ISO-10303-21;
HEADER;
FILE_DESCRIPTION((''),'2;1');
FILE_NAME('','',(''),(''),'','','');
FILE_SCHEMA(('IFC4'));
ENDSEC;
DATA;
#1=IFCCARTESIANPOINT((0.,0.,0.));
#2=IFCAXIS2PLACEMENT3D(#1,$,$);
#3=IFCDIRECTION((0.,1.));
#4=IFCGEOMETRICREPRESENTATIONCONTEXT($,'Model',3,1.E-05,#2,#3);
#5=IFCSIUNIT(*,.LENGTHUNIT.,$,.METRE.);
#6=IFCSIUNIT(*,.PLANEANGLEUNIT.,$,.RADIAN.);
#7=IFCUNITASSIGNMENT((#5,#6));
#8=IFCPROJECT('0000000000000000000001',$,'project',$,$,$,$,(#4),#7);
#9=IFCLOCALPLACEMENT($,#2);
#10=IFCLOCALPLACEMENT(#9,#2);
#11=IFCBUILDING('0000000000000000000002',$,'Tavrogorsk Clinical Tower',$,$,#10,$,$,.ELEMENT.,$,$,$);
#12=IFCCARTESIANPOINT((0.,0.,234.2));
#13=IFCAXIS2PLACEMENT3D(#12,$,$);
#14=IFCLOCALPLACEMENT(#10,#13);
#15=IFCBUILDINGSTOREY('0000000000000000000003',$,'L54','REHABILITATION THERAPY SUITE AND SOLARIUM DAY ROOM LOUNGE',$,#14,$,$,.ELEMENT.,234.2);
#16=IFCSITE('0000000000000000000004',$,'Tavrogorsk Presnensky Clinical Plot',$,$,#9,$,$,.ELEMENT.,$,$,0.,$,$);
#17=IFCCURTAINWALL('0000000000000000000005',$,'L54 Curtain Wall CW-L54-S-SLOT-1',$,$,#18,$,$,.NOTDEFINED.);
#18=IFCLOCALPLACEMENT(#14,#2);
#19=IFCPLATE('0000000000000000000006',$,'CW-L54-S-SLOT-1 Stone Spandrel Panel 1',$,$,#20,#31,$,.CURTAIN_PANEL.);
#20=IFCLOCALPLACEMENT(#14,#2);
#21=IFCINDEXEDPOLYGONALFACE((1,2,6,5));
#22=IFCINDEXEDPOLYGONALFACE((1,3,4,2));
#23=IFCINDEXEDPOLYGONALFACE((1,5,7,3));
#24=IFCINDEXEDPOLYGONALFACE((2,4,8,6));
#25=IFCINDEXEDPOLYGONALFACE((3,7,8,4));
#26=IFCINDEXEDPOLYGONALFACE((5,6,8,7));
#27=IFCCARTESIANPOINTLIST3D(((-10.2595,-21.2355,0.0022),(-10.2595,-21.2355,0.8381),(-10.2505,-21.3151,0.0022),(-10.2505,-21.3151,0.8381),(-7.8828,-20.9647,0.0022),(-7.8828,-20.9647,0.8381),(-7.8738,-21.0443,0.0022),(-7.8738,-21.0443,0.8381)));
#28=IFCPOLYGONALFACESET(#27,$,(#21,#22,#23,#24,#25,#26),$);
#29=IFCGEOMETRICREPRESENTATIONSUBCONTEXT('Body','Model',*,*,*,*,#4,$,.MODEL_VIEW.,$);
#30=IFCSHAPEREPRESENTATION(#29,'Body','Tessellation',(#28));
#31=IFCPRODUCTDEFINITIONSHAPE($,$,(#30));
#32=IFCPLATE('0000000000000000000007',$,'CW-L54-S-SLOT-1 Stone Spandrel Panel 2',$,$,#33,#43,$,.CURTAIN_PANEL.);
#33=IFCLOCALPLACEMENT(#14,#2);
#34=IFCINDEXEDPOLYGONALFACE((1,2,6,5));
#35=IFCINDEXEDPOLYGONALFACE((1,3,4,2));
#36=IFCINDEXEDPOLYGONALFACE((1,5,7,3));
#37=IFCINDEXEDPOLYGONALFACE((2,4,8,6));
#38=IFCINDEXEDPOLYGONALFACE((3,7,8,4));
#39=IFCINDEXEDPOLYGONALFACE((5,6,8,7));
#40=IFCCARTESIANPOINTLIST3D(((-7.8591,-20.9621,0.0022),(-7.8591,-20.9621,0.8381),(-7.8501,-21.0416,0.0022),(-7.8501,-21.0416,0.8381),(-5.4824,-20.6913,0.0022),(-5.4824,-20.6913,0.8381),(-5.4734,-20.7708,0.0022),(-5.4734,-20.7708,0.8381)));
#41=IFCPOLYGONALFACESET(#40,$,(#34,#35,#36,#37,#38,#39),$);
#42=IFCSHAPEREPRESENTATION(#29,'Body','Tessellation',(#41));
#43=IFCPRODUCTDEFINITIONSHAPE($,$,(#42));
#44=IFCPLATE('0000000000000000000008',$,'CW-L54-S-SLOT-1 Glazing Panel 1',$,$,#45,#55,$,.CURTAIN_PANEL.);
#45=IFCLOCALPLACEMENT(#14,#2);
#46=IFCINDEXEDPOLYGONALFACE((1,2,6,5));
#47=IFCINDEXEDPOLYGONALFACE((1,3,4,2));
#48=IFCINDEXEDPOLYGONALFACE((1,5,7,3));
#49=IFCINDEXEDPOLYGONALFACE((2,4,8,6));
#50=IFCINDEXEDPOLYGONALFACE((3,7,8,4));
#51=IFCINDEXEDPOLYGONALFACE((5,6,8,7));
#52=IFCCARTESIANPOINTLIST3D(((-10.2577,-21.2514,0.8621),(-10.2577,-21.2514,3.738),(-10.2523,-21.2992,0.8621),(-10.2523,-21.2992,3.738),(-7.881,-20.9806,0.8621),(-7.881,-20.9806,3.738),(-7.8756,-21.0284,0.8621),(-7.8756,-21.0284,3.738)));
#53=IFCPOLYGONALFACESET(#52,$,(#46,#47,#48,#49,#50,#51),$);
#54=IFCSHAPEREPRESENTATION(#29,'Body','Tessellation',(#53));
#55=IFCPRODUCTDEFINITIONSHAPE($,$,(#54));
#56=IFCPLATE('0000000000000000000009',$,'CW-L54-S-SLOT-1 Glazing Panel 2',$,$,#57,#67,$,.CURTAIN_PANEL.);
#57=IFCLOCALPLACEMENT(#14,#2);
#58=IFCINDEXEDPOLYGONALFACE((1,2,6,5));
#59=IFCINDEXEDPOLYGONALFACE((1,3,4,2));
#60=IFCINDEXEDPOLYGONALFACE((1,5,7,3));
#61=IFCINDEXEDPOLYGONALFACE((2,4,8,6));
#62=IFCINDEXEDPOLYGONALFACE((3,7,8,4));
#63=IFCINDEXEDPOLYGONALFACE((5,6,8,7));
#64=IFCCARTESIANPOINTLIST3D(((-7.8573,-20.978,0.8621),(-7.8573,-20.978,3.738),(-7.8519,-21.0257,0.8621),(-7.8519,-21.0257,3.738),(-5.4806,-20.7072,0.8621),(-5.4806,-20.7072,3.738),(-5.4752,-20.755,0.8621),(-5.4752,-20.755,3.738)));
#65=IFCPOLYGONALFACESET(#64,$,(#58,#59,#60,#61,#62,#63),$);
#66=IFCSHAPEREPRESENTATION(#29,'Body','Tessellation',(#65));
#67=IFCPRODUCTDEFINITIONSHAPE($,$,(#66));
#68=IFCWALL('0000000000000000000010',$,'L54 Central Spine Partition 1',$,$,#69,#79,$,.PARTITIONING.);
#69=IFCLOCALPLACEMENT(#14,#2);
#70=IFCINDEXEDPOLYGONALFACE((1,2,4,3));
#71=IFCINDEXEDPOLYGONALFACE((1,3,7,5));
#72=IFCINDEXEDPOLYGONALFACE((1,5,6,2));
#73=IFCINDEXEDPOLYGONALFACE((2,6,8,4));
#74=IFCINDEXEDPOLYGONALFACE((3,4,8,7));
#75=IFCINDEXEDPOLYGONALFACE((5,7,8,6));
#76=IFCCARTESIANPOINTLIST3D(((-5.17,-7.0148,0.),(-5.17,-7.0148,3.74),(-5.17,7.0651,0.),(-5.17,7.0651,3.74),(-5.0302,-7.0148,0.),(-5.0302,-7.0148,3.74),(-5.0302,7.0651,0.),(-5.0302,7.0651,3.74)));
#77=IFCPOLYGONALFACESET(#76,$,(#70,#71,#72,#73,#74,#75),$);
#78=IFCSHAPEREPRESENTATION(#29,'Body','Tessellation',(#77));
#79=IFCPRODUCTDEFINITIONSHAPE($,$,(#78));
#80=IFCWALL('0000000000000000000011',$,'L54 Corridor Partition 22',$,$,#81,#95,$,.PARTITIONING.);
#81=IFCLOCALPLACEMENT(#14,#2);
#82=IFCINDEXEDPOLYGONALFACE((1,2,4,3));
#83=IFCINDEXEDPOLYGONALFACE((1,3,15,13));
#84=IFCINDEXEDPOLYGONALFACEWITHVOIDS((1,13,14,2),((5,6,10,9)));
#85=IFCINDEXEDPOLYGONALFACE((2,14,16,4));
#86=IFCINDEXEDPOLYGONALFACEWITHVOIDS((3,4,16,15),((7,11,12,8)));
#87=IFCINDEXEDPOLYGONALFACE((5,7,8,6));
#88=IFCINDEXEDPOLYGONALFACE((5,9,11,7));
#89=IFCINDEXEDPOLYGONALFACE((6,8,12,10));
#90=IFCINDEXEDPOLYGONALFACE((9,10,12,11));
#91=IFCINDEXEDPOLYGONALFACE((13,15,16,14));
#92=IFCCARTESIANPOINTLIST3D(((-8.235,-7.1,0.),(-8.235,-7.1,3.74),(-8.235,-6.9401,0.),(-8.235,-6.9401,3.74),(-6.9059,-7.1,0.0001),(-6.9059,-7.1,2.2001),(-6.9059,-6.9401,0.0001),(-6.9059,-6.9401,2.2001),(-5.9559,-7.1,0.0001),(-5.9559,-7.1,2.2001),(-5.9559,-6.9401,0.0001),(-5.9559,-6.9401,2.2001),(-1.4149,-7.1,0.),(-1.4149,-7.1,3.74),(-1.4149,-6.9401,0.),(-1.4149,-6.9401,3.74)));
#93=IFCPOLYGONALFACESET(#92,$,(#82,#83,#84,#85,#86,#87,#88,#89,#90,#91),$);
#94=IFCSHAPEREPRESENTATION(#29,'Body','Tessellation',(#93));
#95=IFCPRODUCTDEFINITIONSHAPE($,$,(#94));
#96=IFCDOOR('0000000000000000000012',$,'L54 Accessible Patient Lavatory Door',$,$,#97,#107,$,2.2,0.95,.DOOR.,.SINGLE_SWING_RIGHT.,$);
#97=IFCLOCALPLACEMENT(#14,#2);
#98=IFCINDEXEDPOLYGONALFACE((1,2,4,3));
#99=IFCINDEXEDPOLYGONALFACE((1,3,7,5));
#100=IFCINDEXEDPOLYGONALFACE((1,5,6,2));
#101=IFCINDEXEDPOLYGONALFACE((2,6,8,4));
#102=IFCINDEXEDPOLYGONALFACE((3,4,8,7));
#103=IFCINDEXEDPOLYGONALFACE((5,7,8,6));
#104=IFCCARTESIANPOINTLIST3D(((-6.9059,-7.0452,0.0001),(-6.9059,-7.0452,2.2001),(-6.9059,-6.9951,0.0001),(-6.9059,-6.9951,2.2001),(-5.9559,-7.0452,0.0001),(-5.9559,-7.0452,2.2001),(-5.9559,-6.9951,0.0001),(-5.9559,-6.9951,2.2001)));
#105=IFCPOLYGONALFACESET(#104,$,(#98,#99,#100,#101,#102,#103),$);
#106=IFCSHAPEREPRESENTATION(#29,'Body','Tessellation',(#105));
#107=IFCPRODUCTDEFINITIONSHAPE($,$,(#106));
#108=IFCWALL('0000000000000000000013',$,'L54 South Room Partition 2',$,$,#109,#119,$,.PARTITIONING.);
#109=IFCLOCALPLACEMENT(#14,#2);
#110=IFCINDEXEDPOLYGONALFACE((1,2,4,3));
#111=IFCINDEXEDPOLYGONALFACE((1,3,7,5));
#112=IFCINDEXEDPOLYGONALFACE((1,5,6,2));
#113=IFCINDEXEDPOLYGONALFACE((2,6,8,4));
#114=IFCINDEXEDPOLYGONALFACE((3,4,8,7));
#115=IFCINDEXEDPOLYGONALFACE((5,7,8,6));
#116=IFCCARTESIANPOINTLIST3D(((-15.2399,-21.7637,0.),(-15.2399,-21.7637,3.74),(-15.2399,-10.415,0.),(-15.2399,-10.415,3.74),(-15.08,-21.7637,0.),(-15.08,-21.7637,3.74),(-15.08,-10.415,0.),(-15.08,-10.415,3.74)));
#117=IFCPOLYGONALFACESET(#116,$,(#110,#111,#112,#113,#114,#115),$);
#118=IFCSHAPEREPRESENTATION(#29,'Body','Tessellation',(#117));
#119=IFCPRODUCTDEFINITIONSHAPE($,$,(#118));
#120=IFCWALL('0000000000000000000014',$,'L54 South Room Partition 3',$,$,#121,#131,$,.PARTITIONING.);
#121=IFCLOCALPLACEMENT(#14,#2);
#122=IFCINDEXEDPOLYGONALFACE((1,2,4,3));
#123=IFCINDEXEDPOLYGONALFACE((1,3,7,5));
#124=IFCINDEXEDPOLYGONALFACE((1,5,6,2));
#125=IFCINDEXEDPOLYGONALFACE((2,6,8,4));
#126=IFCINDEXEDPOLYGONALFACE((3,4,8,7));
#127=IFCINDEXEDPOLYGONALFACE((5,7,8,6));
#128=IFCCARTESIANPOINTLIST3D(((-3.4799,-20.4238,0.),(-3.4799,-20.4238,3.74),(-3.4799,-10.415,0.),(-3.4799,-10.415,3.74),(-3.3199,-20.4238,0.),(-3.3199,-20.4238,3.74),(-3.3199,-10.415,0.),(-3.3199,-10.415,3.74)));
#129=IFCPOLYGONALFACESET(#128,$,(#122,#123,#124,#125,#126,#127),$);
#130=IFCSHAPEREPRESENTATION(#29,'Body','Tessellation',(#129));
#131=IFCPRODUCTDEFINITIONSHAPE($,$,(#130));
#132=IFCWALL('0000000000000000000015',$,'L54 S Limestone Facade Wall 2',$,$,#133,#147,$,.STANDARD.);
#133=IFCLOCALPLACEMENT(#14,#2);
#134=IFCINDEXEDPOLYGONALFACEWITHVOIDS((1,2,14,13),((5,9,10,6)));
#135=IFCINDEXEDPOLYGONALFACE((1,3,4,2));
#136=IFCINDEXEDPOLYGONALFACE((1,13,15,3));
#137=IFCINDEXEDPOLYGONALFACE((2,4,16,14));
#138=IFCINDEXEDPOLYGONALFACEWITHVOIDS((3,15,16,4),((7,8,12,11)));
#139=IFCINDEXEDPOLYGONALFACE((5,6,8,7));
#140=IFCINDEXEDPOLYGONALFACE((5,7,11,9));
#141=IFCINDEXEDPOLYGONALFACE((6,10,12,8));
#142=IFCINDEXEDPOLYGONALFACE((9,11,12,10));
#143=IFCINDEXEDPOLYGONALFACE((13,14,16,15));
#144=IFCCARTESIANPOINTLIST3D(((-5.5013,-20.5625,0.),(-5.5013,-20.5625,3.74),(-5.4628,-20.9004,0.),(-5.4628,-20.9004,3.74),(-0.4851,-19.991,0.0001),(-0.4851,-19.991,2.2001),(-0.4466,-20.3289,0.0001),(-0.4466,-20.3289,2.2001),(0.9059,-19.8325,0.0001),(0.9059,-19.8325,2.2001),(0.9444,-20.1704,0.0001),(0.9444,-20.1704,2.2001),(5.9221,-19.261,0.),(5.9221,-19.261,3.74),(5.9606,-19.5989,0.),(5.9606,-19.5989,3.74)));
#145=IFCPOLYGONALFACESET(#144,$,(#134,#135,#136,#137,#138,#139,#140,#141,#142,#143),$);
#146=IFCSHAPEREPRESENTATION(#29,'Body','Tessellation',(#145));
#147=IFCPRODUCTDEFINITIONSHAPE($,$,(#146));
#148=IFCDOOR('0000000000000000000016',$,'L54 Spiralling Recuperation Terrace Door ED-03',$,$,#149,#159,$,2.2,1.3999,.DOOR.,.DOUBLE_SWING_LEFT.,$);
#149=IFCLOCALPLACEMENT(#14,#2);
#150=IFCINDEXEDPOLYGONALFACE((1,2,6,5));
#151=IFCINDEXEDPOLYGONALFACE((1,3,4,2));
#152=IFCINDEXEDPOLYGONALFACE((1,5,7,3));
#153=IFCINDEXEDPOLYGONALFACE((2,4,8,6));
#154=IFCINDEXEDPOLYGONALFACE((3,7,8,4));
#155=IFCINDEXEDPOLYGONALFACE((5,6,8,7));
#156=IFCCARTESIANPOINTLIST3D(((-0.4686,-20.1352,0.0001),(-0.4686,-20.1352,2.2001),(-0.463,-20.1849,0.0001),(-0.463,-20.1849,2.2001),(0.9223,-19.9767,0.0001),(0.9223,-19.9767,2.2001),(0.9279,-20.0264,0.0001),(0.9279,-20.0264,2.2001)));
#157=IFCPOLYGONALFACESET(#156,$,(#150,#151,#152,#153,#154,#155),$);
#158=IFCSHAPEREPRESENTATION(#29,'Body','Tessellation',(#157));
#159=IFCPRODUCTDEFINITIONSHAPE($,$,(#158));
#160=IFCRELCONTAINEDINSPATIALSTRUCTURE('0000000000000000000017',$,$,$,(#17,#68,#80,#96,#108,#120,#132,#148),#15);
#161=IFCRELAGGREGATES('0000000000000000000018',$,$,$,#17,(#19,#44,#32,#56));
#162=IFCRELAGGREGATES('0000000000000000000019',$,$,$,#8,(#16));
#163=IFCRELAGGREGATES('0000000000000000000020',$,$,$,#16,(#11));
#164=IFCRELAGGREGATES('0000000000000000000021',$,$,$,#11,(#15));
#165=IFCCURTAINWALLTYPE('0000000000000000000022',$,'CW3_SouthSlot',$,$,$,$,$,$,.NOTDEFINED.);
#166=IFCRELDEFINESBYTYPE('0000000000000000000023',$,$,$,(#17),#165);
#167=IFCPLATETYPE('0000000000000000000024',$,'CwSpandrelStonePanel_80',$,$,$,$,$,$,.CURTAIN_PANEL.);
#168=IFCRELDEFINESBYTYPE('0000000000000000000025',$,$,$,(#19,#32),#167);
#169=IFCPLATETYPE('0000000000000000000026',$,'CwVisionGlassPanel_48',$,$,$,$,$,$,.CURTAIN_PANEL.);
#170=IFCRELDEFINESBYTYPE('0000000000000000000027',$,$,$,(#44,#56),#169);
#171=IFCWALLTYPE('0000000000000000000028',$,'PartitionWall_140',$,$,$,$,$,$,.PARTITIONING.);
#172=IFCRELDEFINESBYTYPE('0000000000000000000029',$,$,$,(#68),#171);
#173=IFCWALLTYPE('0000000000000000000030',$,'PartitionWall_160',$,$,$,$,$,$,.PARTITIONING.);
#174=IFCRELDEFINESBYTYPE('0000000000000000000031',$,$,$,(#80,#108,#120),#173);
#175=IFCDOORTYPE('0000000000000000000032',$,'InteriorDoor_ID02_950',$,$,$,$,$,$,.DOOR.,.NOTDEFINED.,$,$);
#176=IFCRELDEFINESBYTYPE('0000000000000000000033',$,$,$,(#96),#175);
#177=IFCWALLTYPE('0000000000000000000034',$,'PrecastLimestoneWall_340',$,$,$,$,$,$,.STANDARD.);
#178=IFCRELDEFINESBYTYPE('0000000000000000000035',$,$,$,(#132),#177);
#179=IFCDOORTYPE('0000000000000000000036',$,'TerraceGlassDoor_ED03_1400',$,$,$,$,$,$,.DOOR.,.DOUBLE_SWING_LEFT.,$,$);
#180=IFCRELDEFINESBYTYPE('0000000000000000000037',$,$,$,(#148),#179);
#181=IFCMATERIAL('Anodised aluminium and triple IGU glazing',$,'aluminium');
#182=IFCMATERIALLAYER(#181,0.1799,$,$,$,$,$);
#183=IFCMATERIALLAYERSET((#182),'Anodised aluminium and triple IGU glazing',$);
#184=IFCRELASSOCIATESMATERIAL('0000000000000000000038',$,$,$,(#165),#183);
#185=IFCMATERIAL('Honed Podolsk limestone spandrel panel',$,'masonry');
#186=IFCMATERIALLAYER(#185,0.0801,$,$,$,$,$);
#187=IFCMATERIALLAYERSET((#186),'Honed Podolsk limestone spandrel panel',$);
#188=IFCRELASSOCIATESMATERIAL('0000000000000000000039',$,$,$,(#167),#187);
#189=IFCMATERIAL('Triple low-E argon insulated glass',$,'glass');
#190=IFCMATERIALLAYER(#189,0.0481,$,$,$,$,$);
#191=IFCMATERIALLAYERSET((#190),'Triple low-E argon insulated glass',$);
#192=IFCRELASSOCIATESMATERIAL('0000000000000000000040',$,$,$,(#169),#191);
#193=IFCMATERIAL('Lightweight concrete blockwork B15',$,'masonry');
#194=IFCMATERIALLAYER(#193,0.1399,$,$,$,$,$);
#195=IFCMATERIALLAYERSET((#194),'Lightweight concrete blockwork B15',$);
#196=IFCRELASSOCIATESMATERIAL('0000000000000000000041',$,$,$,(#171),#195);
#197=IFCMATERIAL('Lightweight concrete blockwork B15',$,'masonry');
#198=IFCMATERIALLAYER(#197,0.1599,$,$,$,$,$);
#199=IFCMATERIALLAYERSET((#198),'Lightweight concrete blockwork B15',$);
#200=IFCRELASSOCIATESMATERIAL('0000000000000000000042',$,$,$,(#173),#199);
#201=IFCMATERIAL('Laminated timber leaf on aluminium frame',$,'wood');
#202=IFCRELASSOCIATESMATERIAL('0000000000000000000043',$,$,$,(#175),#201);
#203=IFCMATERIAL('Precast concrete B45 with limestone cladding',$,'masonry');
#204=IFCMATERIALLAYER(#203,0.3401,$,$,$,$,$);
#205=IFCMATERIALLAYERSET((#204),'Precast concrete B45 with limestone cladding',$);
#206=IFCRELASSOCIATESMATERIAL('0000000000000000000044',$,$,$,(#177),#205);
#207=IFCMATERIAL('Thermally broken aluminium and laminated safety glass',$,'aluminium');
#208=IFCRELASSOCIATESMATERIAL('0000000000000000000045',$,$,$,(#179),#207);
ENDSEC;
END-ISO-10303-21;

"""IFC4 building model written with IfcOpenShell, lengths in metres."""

from ifc_helpers import new_model, si_unit, direction, frame, frame_2d, origin, origin_2d, place, context, subcontext, project, spatial, rectangle, extrude, material, layer, layer_set, type_object, element, fill, aggregate, save


model = new_model("IFC4")

# Units and contexts
model_context = context("Model", 3, precision=1e-05, world=origin(), true_north=direction((0.0, 1.0)))
body_context = subcontext(model_context, "Body", "Model", "MODEL_VIEW")
ifc_project = project(units=[si_unit("LENGTHUNIT", "METRE"), si_unit("PLANEANGLEUNIT", "RADIAN")], contexts=[model_context])

# Site, building, storey
site_placement = place(None, origin())
site = spatial("IfcSite", under=ifc_project, at=site_placement, Name="Tavrogorsk Presnensky Clinical Plot", CompositionType="ELEMENT", RefElevation=0.0)
building_placement = place(site_placement, origin())
building = spatial("IfcBuilding", under=site, at=building_placement, Name="Tavrogorsk Clinical Tower", CompositionType="ELEMENT")
storey_placement = place(building_placement, frame((0.0, 0.0, 234.2)))
storey = spatial("IfcBuildingStorey", under=building, at=storey_placement, Name="L54", Description="REHABILITATION THERAPY SUITE AND SOLARIUM DAY ROOM LOUNGE", CompositionType="ELEMENT", Elevation=234.2)

# Curtain wall
ifc_material_1 = material(Name="Anodised aluminium and triple IGU glazing", Category="aluminium")
ifc_layer_1 = layer(ifc_material_1, 0.1799)
ifc_layer_set_1 = layer_set([ifc_layer_1], Name="Anodised aluminium and triple IGU glazing")
curtain_wall_type = type_object("IfcCurtainWallType", Name="CW3_SouthSlot", PredefinedType="NOTDEFINED", material=ifc_layer_set_1)
curtain_wall_placement = place(storey_placement, origin())
curtain_wall = element("IfcCurtainWall", 1, at=curtain_wall_placement, inside=storey, type_object=curtain_wall_type, Name="L54 Curtain Wall CW-L54-S-SLOT-1", PredefinedType="NOTDEFINED")

# Plates
ifc_material_2 = material(Name="Honed Podolsk limestone spandrel panel", Category="masonry")
ifc_layer_2 = layer(ifc_material_2, 0.0801)
ifc_layer_set_2 = layer_set([ifc_layer_2], Name="Honed Podolsk limestone spandrel panel")
plate_type_1 = type_object("IfcPlateType", Name="CwSpandrelStonePanel_80", PredefinedType="CURTAIN_PANEL", material=ifc_layer_set_2)
plate_1_placement = place(storey_placement, frame((-9.0667, -21.1399, 0.0022), z_axis=(0.0, 0.0, 1.0), x_axis=(0.993572, 0.113203, 0.0)))
plate_1 = element("IfcPlate", 2, at=plate_1_placement, type_object=plate_type_1, Name="CW-L54-S-SLOT-1 Stone Spandrel Panel 1", PredefinedType="CURTAIN_PANEL", context=body_context, shape_type="SweptSolid", body=[
    extrude(rectangle(XDim=2.3921, YDim=0.0801, at=origin_2d()), origin(), (0.0, 0.0, 1.0), 0.8359),
])
plate_2_placement = place(storey_placement, frame((-6.6663, -20.8665, 0.0022), z_axis=(0.0, 0.0, 1.0), x_axis=(0.993572, 0.113203, 0.0)))
plate_2 = element("IfcPlate", 3, at=plate_2_placement, type_object=plate_type_1, Name="CW-L54-S-SLOT-1 Stone Spandrel Panel 2", PredefinedType="CURTAIN_PANEL", context=body_context, shape_type="SweptSolid", body=[
    extrude(rectangle(XDim=2.3921, YDim=0.0801, at=origin_2d()), origin(), (0.0, 0.0, 1.0), 0.8359),
])
ifc_material_3 = material(Name="Triple low-E argon insulated glass", Category="glass")
ifc_layer_3 = layer(ifc_material_3, 0.0481)
ifc_layer_set_3 = layer_set([ifc_layer_3], Name="Triple low-E argon insulated glass")
plate_type_2 = type_object("IfcPlateType", Name="CwVisionGlassPanel_48", PredefinedType="CURTAIN_PANEL", material=ifc_layer_set_3)
plate_3_placement = place(storey_placement, frame((-9.0667, -21.1399, 0.8621), z_axis=(0.0, 0.0, 1.0), x_axis=(0.993572, 0.113203, 0.0)))
plate_3 = element("IfcPlate", 4, at=plate_3_placement, type_object=plate_type_2, Name="CW-L54-S-SLOT-1 Glazing Panel 1", PredefinedType="CURTAIN_PANEL", context=body_context, shape_type="SweptSolid", body=[
    extrude(rectangle(XDim=2.3921, YDim=0.0481, at=origin_2d()), origin(), (0.0, 0.0, 1.0), 2.876),
])
plate_4_placement = place(storey_placement, frame((-6.6663, -20.8665, 0.8621), z_axis=(0.0, 0.0, 1.0), x_axis=(0.993572, 0.113203, 0.0)))
plate_4 = element("IfcPlate", 5, at=plate_4_placement, type_object=plate_type_2, Name="CW-L54-S-SLOT-1 Glazing Panel 2", PredefinedType="CURTAIN_PANEL", context=body_context, shape_type="SweptSolid", body=[
    extrude(rectangle(XDim=2.3921, YDim=0.0481, at=origin_2d()), origin(), (0.0, 0.0, 1.0), 2.876),
])
aggregate(curtain_wall, [plate_1, plate_3, plate_2, plate_4])

# Wall
ifc_material_4 = material(Name="Lightweight concrete blockwork B15", Category="masonry")
ifc_layer_4 = layer(ifc_material_4, 0.1399)
ifc_layer_set_4 = layer_set([ifc_layer_4], Name="Lightweight concrete blockwork B15")
wall_type_1 = type_object("IfcWallType", Name="PartitionWall_140", PredefinedType="PARTITIONING", material=ifc_layer_set_4)
wall_1_placement = place(storey_placement, frame((-5.1001, -7.0149, 0.0), z_axis=(0.0, 0.0, 1.0), x_axis=(0.0, 1.0, 0.0)))
element("IfcWall", 6, at=wall_1_placement, inside=storey, type_object=wall_type_1, Name="L54 Central Spine Partition 1", PredefinedType="PARTITIONING", context=body_context, shape_type="SweptSolid", body=[
    extrude(rectangle(XDim=14.0798, YDim=0.1399, at=frame_2d((7.04, 0.0))), origin(), (0.0, 0.0, 1.0), 3.74),
])

# Wall, opening, door
ifc_material_5 = material(Name="Lightweight concrete blockwork B15", Category="masonry")
ifc_layer_5 = layer(ifc_material_5, 0.1599)
ifc_layer_set_5 = layer_set([ifc_layer_5], Name="Lightweight concrete blockwork B15")
wall_type_2 = type_object("IfcWallType", Name="PartitionWall_160", PredefinedType="PARTITIONING", material=ifc_layer_set_5)
wall_2_placement = place(storey_placement, frame((-8.2351, -7.02, 0.0), z_axis=(0.0, 0.0, 1.0), x_axis=(1.0, 0.0, 0.0)))
wall_2 = element("IfcWall", 7, at=wall_2_placement, inside=storey, type_object=wall_type_2, Name="L54 Corridor Partition 22", PredefinedType="PARTITIONING", context=body_context, shape_type="SweptSolid", body=[
    extrude(rectangle(XDim=6.8201, YDim=0.1599, at=frame_2d((3.4102, 0.0))), origin(), (0.0, 0.0, 1.0), 3.74),
])
opening_1_placement = place(wall_2_placement, frame((1.3291, 0.0, 0.0)))
opening_1 = element("IfcOpeningElement", 8, at=opening_1_placement, cuts=wall_2, PredefinedType="OPENING", context=body_context, shape_type="SweptSolid", body=[
    extrude(rectangle(XDim=0.95, YDim=2.2, at=frame_2d((0.4751, 1.1001))), frame((0.0, 0.0898, 0.0), z_axis=(0.0, -1.0, 0.0), x_axis=(1.0, 0.0, 0.0)), (0.0, 0.0, 1.0), 0.1799),
])
ifc_material_6 = material(Name="Laminated timber leaf on aluminium frame", Category="wood")
door_type_1 = type_object("IfcDoorType", Name="InteriorDoor_ID02_950", OperationType="NOTDEFINED", PredefinedType="DOOR", material=ifc_material_6)
door_1_placement = place(opening_1_placement, origin())
door_1 = element("IfcDoor", 9, at=door_1_placement, inside=storey, type_object=door_type_1, Name="L54 Accessible Patient Lavatory Door", OperationType="SINGLE_SWING_RIGHT", OverallHeight=2.2, OverallWidth=0.95, PredefinedType="DOOR", context=body_context, shape_type="SweptSolid", body=[
    extrude(rectangle(XDim=0.95, YDim=2.2, at=frame_2d((0.4751, 1.1001))), frame((0.0, 0.0249, 0.0), z_axis=(0.0, -1.0, 0.0), x_axis=(1.0, 0.0, 0.0)), (0.0, 0.0, 1.0), 0.05),
])
fill(opening_1, door_1)

# Walls
wall_3_placement = place(storey_placement, frame((-15.1599, -21.7637, 0.0), z_axis=(0.0, 0.0, 1.0), x_axis=(0.0, 1.0, 0.0)))
element("IfcWall", 10, at=wall_3_placement, inside=storey, type_object=wall_type_2, Name="L54 South Room Partition 2", PredefinedType="PARTITIONING", context=body_context, shape_type="SweptSolid", body=[
    extrude(rectangle(XDim=11.3486, YDim=0.1599, at=frame_2d((5.6743, 0.0))), origin(), (0.0, 0.0, 1.0), 3.74),
])
wall_4_placement = place(storey_placement, frame((-3.3999, -20.4238, 0.0), z_axis=(0.0, 0.0, 1.0), x_axis=(0.0, 1.0, 0.0)))
element("IfcWall", 11, at=wall_4_placement, inside=storey, type_object=wall_type_2, Name="L54 South Room Partition 3", PredefinedType="PARTITIONING", context=body_context, shape_type="SweptSolid", body=[
    extrude(rectangle(XDim=10.0088, YDim=0.1599, at=frame_2d((5.0044, 0.0))), origin(), (0.0, 0.0, 1.0), 3.74),
])

# Wall, opening, door
ifc_material_7 = material(Name="Precast concrete B45 with limestone cladding", Category="masonry")
ifc_layer_6 = layer(ifc_material_7, 0.3401)
ifc_layer_set_6 = layer_set([ifc_layer_6], Name="Precast concrete B45 with limestone cladding")
wall_type_3 = type_object("IfcWallType", Name="PrecastLimestoneWall_340", PredefinedType="STANDARD", material=ifc_layer_set_6)
wall_5_placement = place(storey_placement, frame((-5.4819, -20.7314, 0.0), z_axis=(0.0, 0.0, 1.0), x_axis=(0.993572, 0.113202, 0.0)))
wall_5 = element("IfcWall", 12, at=wall_5_placement, inside=storey, type_object=wall_type_3, Name="L54 S Limestone Facade Wall 2", PredefinedType="STANDARD", context=body_context, shape_type="SweptSolid", body=[
    extrude(rectangle(XDim=11.4973, YDim=0.3401, at=frame_2d((5.7485, 0.0))), origin(), (0.0, 0.0, 1.0), 3.74),
])
opening_2_placement = place(wall_5_placement, frame((5.0486, 0.0, 0.0)))
opening_2 = element("IfcOpeningElement", 13, at=opening_2_placement, cuts=wall_5, PredefinedType="OPENING", context=body_context, shape_type="SweptSolid", body=[
    extrude(rectangle(XDim=1.3999, YDim=2.2, at=frame_2d((0.7, 1.1001))), frame((0.0, 0.1799, 0.0), z_axis=(0.0, -1.0, 0.0), x_axis=(1.0, 0.0, 0.0)), (0.0, 0.0, 1.0), 0.3601),
])
ifc_material_8 = material(Name="Thermally broken aluminium and laminated safety glass", Category="aluminium")
door_type_2 = type_object("IfcDoorType", Name="TerraceGlassDoor_ED03_1400", OperationType="DOUBLE_SWING_LEFT", PredefinedType="DOOR", material=ifc_material_8)
door_2_placement = place(opening_2_placement, origin())
door_2 = element("IfcDoor", 14, at=door_2_placement, inside=storey, type_object=door_type_2, Name="L54 Spiralling Recuperation Terrace Door ED-03", OperationType="DOUBLE_SWING_LEFT", OverallHeight=2.2, OverallWidth=1.3999, PredefinedType="DOOR", context=body_context, shape_type="SweptSolid", body=[
    extrude(rectangle(XDim=1.3999, YDim=2.2, at=frame_2d((0.7, 1.1001))), frame((0.0, 0.0249, 0.0), z_axis=(0.0, -1.0, 0.0), x_axis=(1.0, 0.0, 0.0)), (0.0, 0.0, 1.0), 0.05),
])
fill(opening_2, door_2)

save(model, "model.ifc")
